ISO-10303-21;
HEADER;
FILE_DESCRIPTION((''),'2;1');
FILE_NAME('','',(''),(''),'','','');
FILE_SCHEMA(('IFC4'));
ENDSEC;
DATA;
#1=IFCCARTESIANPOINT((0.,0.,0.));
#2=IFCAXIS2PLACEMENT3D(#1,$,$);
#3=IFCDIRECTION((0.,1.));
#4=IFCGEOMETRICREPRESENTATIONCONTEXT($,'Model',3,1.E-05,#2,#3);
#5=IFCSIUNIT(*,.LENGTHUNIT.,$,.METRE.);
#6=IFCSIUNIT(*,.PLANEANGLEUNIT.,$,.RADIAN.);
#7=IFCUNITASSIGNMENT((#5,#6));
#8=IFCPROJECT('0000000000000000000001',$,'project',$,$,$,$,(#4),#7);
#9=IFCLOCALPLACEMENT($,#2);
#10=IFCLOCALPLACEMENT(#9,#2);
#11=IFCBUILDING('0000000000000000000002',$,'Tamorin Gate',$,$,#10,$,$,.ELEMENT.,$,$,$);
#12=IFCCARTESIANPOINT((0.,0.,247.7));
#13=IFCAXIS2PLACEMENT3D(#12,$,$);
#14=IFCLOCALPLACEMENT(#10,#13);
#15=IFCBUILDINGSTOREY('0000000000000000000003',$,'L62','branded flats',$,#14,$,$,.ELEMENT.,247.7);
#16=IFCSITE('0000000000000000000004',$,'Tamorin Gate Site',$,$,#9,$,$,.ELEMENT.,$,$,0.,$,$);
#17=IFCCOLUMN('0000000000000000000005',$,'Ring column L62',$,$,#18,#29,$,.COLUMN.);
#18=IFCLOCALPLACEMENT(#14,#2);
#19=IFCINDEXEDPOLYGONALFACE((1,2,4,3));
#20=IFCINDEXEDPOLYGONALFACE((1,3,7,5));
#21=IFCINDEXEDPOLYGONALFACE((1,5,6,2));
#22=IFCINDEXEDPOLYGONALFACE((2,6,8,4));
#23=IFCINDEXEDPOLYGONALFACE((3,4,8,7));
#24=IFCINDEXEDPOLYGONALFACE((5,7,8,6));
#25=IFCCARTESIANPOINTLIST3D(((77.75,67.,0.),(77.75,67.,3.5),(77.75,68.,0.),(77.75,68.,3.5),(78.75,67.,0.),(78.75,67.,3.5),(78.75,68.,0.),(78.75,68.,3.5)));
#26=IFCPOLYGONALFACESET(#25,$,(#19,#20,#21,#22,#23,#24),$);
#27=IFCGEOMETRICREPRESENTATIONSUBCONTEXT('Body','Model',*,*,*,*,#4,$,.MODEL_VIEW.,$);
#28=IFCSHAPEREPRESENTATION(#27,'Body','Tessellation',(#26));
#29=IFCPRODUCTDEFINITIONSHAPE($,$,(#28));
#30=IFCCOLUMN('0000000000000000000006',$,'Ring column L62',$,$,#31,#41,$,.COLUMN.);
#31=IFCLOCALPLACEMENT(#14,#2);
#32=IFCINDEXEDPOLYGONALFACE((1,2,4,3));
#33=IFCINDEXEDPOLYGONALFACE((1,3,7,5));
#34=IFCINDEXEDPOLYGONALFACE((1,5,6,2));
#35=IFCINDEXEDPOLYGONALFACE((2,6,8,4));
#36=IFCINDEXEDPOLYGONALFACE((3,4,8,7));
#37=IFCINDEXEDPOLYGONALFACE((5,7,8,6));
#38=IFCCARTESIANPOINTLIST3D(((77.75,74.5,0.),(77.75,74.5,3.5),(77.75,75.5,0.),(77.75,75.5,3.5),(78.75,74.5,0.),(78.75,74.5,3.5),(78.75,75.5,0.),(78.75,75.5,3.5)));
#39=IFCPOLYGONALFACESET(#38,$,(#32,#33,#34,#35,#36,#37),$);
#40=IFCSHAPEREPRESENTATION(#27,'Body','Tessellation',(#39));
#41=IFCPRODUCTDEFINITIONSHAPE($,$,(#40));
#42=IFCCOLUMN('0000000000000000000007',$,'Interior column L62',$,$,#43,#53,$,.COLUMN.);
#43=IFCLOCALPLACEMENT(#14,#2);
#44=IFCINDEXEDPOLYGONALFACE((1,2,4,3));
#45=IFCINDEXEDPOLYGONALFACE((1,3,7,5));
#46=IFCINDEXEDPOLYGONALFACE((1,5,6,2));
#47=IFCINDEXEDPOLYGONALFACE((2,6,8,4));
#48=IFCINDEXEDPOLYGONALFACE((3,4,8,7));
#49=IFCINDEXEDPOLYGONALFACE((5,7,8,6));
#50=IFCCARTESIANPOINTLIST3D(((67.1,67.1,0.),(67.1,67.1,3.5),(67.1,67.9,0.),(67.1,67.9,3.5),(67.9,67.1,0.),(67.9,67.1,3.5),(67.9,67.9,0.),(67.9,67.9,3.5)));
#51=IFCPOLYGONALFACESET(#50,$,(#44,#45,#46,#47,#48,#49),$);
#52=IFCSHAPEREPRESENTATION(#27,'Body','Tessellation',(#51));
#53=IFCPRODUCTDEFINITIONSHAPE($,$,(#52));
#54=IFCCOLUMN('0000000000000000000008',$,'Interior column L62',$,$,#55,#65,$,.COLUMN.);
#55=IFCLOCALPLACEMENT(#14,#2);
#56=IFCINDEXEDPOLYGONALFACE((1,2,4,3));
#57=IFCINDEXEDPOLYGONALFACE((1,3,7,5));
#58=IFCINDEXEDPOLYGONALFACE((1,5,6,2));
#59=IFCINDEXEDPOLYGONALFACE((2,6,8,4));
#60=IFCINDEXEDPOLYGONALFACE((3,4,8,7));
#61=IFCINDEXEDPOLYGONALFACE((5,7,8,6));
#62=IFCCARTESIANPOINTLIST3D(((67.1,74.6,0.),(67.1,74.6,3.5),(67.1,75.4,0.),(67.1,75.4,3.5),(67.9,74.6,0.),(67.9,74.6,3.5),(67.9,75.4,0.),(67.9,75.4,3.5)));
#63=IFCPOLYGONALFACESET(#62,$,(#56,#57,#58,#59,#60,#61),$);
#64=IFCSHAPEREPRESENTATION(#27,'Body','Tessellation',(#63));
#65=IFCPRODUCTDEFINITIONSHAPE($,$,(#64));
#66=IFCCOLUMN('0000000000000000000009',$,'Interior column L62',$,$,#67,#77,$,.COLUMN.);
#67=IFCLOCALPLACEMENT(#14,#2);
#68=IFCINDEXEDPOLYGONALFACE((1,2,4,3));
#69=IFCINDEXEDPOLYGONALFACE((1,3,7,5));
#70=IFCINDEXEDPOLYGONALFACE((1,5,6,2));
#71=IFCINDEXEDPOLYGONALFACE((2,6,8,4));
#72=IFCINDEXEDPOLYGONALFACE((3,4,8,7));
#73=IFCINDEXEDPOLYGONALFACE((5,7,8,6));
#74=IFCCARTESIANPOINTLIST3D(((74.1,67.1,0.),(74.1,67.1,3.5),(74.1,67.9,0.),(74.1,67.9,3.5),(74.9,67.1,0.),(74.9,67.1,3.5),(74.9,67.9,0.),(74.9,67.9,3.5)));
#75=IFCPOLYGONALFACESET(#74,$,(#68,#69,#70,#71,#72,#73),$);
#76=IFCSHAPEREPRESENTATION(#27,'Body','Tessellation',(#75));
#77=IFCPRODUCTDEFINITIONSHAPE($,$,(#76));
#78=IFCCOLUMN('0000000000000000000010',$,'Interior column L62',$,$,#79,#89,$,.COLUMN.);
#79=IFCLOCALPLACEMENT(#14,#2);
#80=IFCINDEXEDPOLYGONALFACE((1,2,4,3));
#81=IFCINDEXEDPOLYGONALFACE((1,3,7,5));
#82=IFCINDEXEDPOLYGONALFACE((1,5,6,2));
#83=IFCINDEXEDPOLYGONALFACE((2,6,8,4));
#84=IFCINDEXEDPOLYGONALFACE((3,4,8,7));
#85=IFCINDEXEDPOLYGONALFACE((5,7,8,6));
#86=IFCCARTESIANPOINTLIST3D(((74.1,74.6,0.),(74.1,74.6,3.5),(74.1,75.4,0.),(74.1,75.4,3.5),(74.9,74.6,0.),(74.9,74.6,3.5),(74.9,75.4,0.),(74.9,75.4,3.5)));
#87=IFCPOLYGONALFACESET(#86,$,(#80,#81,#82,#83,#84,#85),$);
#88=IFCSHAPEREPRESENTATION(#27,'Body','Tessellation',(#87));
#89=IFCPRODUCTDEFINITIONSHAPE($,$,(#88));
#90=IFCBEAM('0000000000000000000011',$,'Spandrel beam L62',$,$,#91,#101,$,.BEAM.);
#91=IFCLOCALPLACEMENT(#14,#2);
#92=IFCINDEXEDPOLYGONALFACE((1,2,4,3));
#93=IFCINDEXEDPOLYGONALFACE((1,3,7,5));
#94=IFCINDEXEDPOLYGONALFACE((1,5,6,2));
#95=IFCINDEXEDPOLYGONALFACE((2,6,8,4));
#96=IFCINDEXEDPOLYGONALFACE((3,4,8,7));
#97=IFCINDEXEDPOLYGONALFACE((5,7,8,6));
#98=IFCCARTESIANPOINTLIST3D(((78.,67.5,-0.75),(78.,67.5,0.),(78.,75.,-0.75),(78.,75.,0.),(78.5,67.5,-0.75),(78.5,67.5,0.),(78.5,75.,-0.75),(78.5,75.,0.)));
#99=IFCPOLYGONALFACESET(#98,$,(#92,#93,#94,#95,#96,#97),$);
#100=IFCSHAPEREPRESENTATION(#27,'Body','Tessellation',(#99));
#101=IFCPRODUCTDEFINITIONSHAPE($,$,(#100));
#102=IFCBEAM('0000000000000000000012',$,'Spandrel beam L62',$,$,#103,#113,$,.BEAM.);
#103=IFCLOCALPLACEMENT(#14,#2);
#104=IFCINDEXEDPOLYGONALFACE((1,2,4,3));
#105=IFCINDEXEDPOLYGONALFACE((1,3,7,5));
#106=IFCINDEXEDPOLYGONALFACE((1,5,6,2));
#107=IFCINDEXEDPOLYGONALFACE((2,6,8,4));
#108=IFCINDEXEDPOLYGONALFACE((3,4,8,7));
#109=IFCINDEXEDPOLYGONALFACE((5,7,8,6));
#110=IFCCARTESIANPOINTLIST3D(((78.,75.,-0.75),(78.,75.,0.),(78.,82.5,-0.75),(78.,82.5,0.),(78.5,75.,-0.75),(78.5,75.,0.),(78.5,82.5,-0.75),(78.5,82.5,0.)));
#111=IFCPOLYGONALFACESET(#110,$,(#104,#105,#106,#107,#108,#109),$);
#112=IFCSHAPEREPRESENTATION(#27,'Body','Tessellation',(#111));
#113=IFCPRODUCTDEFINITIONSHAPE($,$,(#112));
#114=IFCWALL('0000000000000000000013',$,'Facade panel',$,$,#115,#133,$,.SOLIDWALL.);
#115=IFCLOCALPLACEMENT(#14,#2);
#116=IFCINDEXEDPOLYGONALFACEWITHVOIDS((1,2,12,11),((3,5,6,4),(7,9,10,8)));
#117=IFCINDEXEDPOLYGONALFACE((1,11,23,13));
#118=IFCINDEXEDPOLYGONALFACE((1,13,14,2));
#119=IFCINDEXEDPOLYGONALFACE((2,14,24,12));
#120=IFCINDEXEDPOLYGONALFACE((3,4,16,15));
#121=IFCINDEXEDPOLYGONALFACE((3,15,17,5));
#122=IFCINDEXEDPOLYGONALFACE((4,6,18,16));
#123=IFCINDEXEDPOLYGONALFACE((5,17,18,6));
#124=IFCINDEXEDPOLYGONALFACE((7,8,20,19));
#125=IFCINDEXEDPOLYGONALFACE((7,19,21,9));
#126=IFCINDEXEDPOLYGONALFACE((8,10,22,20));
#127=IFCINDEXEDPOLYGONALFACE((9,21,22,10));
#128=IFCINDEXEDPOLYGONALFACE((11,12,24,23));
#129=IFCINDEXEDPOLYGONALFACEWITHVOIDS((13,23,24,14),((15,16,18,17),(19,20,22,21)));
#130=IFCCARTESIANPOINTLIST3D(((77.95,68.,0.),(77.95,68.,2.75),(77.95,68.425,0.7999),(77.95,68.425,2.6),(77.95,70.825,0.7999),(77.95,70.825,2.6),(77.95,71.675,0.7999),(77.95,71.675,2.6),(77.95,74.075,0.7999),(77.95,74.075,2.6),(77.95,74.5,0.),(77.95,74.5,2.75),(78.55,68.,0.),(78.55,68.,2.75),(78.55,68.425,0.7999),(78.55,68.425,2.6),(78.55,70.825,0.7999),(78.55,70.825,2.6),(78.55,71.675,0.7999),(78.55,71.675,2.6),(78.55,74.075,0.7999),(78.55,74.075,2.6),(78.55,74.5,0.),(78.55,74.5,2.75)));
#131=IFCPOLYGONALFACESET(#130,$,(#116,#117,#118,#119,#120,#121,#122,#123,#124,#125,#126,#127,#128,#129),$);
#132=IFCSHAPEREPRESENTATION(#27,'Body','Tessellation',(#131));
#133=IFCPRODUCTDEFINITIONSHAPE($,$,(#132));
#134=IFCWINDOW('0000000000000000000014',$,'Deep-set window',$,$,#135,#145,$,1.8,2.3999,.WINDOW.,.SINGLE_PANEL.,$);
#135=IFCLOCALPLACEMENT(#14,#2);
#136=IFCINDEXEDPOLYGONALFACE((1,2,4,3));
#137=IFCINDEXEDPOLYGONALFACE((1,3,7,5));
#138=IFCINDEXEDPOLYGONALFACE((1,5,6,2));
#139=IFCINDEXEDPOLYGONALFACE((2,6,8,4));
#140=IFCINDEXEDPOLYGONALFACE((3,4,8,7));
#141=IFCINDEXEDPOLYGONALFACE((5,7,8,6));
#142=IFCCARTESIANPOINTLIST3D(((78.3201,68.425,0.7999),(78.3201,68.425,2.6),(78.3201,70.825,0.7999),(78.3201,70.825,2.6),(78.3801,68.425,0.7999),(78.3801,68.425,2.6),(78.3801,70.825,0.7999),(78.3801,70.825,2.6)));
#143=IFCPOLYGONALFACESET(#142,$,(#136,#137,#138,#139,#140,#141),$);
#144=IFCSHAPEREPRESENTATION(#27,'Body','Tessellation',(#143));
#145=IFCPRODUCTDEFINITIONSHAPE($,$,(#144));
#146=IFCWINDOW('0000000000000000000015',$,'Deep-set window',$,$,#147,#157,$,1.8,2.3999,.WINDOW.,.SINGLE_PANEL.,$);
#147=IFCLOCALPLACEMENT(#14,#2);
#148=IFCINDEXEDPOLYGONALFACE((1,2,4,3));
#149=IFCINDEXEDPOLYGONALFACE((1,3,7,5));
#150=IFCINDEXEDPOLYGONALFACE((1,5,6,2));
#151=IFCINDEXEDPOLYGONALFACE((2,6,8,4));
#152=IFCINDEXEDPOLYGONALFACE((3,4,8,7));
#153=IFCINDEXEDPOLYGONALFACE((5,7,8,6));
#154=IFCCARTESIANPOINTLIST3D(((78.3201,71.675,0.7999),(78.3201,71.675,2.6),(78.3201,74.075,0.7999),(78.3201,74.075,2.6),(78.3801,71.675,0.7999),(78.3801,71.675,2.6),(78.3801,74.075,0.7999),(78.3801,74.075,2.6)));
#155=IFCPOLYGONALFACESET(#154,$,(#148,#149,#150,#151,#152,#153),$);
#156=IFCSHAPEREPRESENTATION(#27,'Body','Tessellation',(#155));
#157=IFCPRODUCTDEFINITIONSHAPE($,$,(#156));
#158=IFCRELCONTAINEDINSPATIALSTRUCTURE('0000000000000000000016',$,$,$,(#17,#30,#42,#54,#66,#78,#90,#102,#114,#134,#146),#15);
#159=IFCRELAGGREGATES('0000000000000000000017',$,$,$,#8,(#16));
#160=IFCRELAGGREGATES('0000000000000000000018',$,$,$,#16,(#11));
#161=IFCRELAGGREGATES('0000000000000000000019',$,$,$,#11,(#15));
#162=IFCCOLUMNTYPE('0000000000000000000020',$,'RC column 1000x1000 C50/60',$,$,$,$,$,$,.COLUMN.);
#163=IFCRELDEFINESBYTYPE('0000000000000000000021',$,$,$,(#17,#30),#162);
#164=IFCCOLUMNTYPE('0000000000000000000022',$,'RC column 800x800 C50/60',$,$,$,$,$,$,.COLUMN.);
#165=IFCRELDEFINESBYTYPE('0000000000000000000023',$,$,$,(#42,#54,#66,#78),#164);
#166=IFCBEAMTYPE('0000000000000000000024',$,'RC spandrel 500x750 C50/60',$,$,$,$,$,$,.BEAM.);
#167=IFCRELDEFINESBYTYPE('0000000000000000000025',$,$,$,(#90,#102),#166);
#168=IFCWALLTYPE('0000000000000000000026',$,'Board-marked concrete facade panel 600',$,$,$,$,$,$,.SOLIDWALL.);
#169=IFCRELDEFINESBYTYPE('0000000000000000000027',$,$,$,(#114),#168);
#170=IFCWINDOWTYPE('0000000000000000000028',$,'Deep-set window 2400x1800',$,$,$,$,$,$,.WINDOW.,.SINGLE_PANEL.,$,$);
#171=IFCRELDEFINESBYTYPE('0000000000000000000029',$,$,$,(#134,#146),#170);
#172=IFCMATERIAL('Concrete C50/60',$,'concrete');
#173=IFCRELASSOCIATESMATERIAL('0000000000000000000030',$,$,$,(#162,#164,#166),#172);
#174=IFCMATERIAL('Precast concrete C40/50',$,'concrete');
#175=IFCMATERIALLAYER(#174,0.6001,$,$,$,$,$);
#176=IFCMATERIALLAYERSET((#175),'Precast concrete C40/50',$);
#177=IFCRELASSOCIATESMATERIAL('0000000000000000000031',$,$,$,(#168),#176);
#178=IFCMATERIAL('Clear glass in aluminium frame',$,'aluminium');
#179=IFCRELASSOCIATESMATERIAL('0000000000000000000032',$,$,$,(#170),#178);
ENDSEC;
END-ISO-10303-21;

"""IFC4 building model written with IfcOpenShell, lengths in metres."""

from ifc_helpers import new_model, si_unit, direction, frame, frame_2d, origin, origin_2d, place, context, subcontext, project, spatial, rectangle, extrude, material, layer, layer_set, material_profile, profile_set, type_object, element, fill, save


model = new_model("IFC4")

# Units and contexts
model_context = context("Model", 3, precision=1e-05, world=origin(), true_north=direction((0.0, 1.0)))
body_context = subcontext(model_context, "Body", "Model", "MODEL_VIEW")
ifc_project = project(units=[si_unit("LENGTHUNIT", "METRE"), si_unit("PLANEANGLEUNIT", "RADIAN")], contexts=[model_context])

# Site, building, storey
site_placement = place(None, origin())
site = spatial("IfcSite", under=ifc_project, at=site_placement, Name="Tamorin Gate Site", CompositionType="ELEMENT", RefElevation=0.0)
building_placement = place(site_placement, origin())
building = spatial("IfcBuilding", under=site, at=building_placement, Name="Tamorin Gate", CompositionType="ELEMENT")
storey_placement = place(building_placement, frame((0.0, 0.0, 247.7)))
storey = spatial("IfcBuildingStorey", under=building, at=storey_placement, Name="L62", Description="branded flats", CompositionType="ELEMENT", Elevation=247.7)

# Columns
ifc_material_1 = material(Name="Concrete C50/60", Category="concrete")
ifc_material_profile_1 = material_profile(ifc_material_1, rectangle(XDim=1.0, YDim=1.0, at=origin_2d()), Name="RC 1000x1000")
ifc_profile_set_1 = profile_set([ifc_material_profile_1], Name="Concrete C50/60")
column_type_1 = type_object("IfcColumnType", Name="RC column 1000x1000 C50/60", PredefinedType="COLUMN", material=ifc_profile_set_1)
for number, where, z_axis, x_axis, name in (
    (1, (78.25, 67.5, 0.0), (0.0, 0.0, 1.0), (1.0, 0.0, 0.0), "Ring column L62"),
    (2, (78.25, 75.0, 0.0), (0.0, 0.0, 1.0), (1.0, 0.0, 0.0), "Ring column L62"),
):
    element("IfcColumn", number, at=place(storey_placement, frame(where, z_axis=z_axis, x_axis=x_axis)), inside=storey, type_object=column_type_1, Name=name, PredefinedType="COLUMN", context=body_context, shape_type="SweptSolid", body=[
        extrude(rectangle(XDim=1.0, YDim=1.0, at=origin_2d()), origin(), (0.0, 0.0, 1.0), 3.5),
    ])
ifc_material_profile_2 = material_profile(ifc_material_1, rectangle(XDim=0.8, YDim=0.8, at=origin_2d()), Name="RC 800x800")
ifc_profile_set_2 = profile_set([ifc_material_profile_2], Name="Concrete C50/60")
column_type_2 = type_object("IfcColumnType", Name="RC column 800x800 C50/60", PredefinedType="COLUMN", material=ifc_profile_set_2)
for number, where, z_axis, x_axis, name in (
    (3, (67.5, 67.5, 0.0), (0.0, 0.0, 1.0), (1.0, 0.0, 0.0), "Interior column L62"),
    (4, (67.5, 75.0, 0.0), (0.0, 0.0, 1.0), (1.0, 0.0, 0.0), "Interior column L62"),
    (5, (74.5, 67.5, 0.0), (0.0, 0.0, 1.0), (1.0, 0.0, 0.0), "Interior column L62"),
    (6, (74.5, 75.0, 0.0), (0.0, 0.0, 1.0), (1.0, 0.0, 0.0), "Interior column L62"),
):
    element("IfcColumn", number, at=place(storey_placement, frame(where, z_axis=z_axis, x_axis=x_axis)), inside=storey, type_object=column_type_2, Name=name, PredefinedType="COLUMN", context=body_context, shape_type="SweptSolid", body=[
        extrude(rectangle(XDim=0.8, YDim=0.8, at=origin_2d()), origin(), (0.0, 0.0, 1.0), 3.5),
    ])

# Beams
ifc_material_profile_3 = material_profile(ifc_material_1, rectangle(XDim=0.5, YDim=0.75, at=origin_2d()), Name="RC 500x750")
ifc_profile_set_3 = profile_set([ifc_material_profile_3], Name="Concrete C50/60")
beam_type = type_object("IfcBeamType", Name="RC spandrel 500x750 C50/60", PredefinedType="BEAM", material=ifc_profile_set_3)
for number, where, z_axis, x_axis, name in (
    (7, (78.25, 67.5, -0.375), (0.0, 1.0, 0.0), (-1.0, 0.0, 0.0), "Spandrel beam L62"),
    (8, (78.25, 75.0, -0.375), (0.0, 1.0, 0.0), (-1.0, 0.0, 0.0), "Spandrel beam L62"),
):
    element("IfcBeam", number, at=place(storey_placement, frame(where, z_axis=z_axis, x_axis=x_axis)), inside=storey, type_object=beam_type, Name=name, PredefinedType="BEAM", context=body_context, shape_type="SweptSolid", body=[
        extrude(rectangle(XDim=0.5, YDim=0.75, at=origin_2d()), origin(), (0.0, 0.0, 1.0), 7.5),
    ])

# Wall, openings, windows
ifc_material_2 = material(Name="Precast concrete C40/50", Category="concrete")
ifc_layer_1 = layer(ifc_material_2, 0.6001)
ifc_layer_set_1 = layer_set([ifc_layer_1], Name="Precast concrete C40/50")
wall_type_1 = type_object("IfcWallType", Name="Board-marked concrete facade panel 600", PredefinedType="SOLIDWALL", material=ifc_layer_set_1)
wall_1_placement = place(storey_placement, frame((78.25, 68.0, 0.0), z_axis=(0.0, 0.0, 1.0), x_axis=(0.0, 1.0, 0.0)))
wall_1 = element("IfcWall", 9, at=wall_1_placement, inside=storey, type_object=wall_type_1, Name="Facade panel", PredefinedType="SOLIDWALL", context=body_context, shape_type="SweptSolid", body=[
    extrude(rectangle(XDim=6.5, YDim=0.6001, at=frame_2d((3.25, 0.0))), origin(), (0.0, 0.0, 1.0), 2.75),
])
opening_1_placement = place(wall_1_placement, frame((0.425, 0.0, 0.8)))
opening_1 = element("IfcOpeningElement", 10, at=opening_1_placement, cuts=wall_1, PredefinedType="OPENING", context=body_context, shape_type="SweptSolid", body=[
    extrude(rectangle(XDim=2.3999, YDim=1.8, at=frame_2d((1.2, 0.8999))), frame((0.0, 0.3101, 0.0), z_axis=(0.0, -1.0, 0.0), x_axis=(1.0, 0.0, 0.0)), (0.0, 0.0, 1.0), 0.6201),
])
opening_2_placement = place(wall_1_placement, frame((3.675, 0.0, 0.8)))
opening_2 = element("IfcOpeningElement", 11, at=opening_2_placement, cuts=wall_1, PredefinedType="OPENING", context=body_context, shape_type="SweptSolid", body=[
    extrude(rectangle(XDim=2.3999, YDim=1.8, at=frame_2d((1.2, 0.8999))), frame((0.0, 0.3101, 0.0), z_axis=(0.0, -1.0, 0.0), x_axis=(1.0, 0.0, 0.0)), (0.0, 0.0, 1.0), 0.6201),
])
ifc_material_3 = material(Name="Clear glass in aluminium frame", Category="aluminium")
window_type = type_object("IfcWindowType", Name="Deep-set window 2400x1800", PartitioningType="SINGLE_PANEL", PredefinedType="WINDOW", material=ifc_material_3)
window_1_placement = place(opening_1_placement, origin())
window_1 = element("IfcWindow", 12, at=window_1_placement, inside=storey, type_object=window_type, Name="Deep-set window", OverallHeight=1.8, OverallWidth=2.3999, PartitioningType="SINGLE_PANEL", PredefinedType="WINDOW", context=body_context, shape_type="SweptSolid", body=[
    extrude(rectangle(XDim=2.3999, YDim=1.8, at=frame_2d((1.2, 0.8999))), frame((0.0, -0.0701, 0.0), z_axis=(0.0, -1.0, 0.0), x_axis=(1.0, 0.0, 0.0)), (0.0, 0.0, 1.0), 0.0601),
])
fill(opening_1, window_1)
window_2_placement = place(opening_2_placement, origin())
window_2 = element("IfcWindow", 13, at=window_2_placement, inside=storey, type_object=window_type, Name="Deep-set window", OverallHeight=1.8, OverallWidth=2.3999, PartitioningType="SINGLE_PANEL", PredefinedType="WINDOW", context=body_context, shape_type="SweptSolid", body=[
    extrude(rectangle(XDim=2.3999, YDim=1.8, at=frame_2d((1.2, 0.8999))), frame((0.0, -0.0701, 0.0), z_axis=(0.0, -1.0, 0.0), x_axis=(1.0, 0.0, 0.0)), (0.0, 0.0, 1.0), 0.0601),
])
fill(opening_2, window_2)

save(model, "model.ifc")
